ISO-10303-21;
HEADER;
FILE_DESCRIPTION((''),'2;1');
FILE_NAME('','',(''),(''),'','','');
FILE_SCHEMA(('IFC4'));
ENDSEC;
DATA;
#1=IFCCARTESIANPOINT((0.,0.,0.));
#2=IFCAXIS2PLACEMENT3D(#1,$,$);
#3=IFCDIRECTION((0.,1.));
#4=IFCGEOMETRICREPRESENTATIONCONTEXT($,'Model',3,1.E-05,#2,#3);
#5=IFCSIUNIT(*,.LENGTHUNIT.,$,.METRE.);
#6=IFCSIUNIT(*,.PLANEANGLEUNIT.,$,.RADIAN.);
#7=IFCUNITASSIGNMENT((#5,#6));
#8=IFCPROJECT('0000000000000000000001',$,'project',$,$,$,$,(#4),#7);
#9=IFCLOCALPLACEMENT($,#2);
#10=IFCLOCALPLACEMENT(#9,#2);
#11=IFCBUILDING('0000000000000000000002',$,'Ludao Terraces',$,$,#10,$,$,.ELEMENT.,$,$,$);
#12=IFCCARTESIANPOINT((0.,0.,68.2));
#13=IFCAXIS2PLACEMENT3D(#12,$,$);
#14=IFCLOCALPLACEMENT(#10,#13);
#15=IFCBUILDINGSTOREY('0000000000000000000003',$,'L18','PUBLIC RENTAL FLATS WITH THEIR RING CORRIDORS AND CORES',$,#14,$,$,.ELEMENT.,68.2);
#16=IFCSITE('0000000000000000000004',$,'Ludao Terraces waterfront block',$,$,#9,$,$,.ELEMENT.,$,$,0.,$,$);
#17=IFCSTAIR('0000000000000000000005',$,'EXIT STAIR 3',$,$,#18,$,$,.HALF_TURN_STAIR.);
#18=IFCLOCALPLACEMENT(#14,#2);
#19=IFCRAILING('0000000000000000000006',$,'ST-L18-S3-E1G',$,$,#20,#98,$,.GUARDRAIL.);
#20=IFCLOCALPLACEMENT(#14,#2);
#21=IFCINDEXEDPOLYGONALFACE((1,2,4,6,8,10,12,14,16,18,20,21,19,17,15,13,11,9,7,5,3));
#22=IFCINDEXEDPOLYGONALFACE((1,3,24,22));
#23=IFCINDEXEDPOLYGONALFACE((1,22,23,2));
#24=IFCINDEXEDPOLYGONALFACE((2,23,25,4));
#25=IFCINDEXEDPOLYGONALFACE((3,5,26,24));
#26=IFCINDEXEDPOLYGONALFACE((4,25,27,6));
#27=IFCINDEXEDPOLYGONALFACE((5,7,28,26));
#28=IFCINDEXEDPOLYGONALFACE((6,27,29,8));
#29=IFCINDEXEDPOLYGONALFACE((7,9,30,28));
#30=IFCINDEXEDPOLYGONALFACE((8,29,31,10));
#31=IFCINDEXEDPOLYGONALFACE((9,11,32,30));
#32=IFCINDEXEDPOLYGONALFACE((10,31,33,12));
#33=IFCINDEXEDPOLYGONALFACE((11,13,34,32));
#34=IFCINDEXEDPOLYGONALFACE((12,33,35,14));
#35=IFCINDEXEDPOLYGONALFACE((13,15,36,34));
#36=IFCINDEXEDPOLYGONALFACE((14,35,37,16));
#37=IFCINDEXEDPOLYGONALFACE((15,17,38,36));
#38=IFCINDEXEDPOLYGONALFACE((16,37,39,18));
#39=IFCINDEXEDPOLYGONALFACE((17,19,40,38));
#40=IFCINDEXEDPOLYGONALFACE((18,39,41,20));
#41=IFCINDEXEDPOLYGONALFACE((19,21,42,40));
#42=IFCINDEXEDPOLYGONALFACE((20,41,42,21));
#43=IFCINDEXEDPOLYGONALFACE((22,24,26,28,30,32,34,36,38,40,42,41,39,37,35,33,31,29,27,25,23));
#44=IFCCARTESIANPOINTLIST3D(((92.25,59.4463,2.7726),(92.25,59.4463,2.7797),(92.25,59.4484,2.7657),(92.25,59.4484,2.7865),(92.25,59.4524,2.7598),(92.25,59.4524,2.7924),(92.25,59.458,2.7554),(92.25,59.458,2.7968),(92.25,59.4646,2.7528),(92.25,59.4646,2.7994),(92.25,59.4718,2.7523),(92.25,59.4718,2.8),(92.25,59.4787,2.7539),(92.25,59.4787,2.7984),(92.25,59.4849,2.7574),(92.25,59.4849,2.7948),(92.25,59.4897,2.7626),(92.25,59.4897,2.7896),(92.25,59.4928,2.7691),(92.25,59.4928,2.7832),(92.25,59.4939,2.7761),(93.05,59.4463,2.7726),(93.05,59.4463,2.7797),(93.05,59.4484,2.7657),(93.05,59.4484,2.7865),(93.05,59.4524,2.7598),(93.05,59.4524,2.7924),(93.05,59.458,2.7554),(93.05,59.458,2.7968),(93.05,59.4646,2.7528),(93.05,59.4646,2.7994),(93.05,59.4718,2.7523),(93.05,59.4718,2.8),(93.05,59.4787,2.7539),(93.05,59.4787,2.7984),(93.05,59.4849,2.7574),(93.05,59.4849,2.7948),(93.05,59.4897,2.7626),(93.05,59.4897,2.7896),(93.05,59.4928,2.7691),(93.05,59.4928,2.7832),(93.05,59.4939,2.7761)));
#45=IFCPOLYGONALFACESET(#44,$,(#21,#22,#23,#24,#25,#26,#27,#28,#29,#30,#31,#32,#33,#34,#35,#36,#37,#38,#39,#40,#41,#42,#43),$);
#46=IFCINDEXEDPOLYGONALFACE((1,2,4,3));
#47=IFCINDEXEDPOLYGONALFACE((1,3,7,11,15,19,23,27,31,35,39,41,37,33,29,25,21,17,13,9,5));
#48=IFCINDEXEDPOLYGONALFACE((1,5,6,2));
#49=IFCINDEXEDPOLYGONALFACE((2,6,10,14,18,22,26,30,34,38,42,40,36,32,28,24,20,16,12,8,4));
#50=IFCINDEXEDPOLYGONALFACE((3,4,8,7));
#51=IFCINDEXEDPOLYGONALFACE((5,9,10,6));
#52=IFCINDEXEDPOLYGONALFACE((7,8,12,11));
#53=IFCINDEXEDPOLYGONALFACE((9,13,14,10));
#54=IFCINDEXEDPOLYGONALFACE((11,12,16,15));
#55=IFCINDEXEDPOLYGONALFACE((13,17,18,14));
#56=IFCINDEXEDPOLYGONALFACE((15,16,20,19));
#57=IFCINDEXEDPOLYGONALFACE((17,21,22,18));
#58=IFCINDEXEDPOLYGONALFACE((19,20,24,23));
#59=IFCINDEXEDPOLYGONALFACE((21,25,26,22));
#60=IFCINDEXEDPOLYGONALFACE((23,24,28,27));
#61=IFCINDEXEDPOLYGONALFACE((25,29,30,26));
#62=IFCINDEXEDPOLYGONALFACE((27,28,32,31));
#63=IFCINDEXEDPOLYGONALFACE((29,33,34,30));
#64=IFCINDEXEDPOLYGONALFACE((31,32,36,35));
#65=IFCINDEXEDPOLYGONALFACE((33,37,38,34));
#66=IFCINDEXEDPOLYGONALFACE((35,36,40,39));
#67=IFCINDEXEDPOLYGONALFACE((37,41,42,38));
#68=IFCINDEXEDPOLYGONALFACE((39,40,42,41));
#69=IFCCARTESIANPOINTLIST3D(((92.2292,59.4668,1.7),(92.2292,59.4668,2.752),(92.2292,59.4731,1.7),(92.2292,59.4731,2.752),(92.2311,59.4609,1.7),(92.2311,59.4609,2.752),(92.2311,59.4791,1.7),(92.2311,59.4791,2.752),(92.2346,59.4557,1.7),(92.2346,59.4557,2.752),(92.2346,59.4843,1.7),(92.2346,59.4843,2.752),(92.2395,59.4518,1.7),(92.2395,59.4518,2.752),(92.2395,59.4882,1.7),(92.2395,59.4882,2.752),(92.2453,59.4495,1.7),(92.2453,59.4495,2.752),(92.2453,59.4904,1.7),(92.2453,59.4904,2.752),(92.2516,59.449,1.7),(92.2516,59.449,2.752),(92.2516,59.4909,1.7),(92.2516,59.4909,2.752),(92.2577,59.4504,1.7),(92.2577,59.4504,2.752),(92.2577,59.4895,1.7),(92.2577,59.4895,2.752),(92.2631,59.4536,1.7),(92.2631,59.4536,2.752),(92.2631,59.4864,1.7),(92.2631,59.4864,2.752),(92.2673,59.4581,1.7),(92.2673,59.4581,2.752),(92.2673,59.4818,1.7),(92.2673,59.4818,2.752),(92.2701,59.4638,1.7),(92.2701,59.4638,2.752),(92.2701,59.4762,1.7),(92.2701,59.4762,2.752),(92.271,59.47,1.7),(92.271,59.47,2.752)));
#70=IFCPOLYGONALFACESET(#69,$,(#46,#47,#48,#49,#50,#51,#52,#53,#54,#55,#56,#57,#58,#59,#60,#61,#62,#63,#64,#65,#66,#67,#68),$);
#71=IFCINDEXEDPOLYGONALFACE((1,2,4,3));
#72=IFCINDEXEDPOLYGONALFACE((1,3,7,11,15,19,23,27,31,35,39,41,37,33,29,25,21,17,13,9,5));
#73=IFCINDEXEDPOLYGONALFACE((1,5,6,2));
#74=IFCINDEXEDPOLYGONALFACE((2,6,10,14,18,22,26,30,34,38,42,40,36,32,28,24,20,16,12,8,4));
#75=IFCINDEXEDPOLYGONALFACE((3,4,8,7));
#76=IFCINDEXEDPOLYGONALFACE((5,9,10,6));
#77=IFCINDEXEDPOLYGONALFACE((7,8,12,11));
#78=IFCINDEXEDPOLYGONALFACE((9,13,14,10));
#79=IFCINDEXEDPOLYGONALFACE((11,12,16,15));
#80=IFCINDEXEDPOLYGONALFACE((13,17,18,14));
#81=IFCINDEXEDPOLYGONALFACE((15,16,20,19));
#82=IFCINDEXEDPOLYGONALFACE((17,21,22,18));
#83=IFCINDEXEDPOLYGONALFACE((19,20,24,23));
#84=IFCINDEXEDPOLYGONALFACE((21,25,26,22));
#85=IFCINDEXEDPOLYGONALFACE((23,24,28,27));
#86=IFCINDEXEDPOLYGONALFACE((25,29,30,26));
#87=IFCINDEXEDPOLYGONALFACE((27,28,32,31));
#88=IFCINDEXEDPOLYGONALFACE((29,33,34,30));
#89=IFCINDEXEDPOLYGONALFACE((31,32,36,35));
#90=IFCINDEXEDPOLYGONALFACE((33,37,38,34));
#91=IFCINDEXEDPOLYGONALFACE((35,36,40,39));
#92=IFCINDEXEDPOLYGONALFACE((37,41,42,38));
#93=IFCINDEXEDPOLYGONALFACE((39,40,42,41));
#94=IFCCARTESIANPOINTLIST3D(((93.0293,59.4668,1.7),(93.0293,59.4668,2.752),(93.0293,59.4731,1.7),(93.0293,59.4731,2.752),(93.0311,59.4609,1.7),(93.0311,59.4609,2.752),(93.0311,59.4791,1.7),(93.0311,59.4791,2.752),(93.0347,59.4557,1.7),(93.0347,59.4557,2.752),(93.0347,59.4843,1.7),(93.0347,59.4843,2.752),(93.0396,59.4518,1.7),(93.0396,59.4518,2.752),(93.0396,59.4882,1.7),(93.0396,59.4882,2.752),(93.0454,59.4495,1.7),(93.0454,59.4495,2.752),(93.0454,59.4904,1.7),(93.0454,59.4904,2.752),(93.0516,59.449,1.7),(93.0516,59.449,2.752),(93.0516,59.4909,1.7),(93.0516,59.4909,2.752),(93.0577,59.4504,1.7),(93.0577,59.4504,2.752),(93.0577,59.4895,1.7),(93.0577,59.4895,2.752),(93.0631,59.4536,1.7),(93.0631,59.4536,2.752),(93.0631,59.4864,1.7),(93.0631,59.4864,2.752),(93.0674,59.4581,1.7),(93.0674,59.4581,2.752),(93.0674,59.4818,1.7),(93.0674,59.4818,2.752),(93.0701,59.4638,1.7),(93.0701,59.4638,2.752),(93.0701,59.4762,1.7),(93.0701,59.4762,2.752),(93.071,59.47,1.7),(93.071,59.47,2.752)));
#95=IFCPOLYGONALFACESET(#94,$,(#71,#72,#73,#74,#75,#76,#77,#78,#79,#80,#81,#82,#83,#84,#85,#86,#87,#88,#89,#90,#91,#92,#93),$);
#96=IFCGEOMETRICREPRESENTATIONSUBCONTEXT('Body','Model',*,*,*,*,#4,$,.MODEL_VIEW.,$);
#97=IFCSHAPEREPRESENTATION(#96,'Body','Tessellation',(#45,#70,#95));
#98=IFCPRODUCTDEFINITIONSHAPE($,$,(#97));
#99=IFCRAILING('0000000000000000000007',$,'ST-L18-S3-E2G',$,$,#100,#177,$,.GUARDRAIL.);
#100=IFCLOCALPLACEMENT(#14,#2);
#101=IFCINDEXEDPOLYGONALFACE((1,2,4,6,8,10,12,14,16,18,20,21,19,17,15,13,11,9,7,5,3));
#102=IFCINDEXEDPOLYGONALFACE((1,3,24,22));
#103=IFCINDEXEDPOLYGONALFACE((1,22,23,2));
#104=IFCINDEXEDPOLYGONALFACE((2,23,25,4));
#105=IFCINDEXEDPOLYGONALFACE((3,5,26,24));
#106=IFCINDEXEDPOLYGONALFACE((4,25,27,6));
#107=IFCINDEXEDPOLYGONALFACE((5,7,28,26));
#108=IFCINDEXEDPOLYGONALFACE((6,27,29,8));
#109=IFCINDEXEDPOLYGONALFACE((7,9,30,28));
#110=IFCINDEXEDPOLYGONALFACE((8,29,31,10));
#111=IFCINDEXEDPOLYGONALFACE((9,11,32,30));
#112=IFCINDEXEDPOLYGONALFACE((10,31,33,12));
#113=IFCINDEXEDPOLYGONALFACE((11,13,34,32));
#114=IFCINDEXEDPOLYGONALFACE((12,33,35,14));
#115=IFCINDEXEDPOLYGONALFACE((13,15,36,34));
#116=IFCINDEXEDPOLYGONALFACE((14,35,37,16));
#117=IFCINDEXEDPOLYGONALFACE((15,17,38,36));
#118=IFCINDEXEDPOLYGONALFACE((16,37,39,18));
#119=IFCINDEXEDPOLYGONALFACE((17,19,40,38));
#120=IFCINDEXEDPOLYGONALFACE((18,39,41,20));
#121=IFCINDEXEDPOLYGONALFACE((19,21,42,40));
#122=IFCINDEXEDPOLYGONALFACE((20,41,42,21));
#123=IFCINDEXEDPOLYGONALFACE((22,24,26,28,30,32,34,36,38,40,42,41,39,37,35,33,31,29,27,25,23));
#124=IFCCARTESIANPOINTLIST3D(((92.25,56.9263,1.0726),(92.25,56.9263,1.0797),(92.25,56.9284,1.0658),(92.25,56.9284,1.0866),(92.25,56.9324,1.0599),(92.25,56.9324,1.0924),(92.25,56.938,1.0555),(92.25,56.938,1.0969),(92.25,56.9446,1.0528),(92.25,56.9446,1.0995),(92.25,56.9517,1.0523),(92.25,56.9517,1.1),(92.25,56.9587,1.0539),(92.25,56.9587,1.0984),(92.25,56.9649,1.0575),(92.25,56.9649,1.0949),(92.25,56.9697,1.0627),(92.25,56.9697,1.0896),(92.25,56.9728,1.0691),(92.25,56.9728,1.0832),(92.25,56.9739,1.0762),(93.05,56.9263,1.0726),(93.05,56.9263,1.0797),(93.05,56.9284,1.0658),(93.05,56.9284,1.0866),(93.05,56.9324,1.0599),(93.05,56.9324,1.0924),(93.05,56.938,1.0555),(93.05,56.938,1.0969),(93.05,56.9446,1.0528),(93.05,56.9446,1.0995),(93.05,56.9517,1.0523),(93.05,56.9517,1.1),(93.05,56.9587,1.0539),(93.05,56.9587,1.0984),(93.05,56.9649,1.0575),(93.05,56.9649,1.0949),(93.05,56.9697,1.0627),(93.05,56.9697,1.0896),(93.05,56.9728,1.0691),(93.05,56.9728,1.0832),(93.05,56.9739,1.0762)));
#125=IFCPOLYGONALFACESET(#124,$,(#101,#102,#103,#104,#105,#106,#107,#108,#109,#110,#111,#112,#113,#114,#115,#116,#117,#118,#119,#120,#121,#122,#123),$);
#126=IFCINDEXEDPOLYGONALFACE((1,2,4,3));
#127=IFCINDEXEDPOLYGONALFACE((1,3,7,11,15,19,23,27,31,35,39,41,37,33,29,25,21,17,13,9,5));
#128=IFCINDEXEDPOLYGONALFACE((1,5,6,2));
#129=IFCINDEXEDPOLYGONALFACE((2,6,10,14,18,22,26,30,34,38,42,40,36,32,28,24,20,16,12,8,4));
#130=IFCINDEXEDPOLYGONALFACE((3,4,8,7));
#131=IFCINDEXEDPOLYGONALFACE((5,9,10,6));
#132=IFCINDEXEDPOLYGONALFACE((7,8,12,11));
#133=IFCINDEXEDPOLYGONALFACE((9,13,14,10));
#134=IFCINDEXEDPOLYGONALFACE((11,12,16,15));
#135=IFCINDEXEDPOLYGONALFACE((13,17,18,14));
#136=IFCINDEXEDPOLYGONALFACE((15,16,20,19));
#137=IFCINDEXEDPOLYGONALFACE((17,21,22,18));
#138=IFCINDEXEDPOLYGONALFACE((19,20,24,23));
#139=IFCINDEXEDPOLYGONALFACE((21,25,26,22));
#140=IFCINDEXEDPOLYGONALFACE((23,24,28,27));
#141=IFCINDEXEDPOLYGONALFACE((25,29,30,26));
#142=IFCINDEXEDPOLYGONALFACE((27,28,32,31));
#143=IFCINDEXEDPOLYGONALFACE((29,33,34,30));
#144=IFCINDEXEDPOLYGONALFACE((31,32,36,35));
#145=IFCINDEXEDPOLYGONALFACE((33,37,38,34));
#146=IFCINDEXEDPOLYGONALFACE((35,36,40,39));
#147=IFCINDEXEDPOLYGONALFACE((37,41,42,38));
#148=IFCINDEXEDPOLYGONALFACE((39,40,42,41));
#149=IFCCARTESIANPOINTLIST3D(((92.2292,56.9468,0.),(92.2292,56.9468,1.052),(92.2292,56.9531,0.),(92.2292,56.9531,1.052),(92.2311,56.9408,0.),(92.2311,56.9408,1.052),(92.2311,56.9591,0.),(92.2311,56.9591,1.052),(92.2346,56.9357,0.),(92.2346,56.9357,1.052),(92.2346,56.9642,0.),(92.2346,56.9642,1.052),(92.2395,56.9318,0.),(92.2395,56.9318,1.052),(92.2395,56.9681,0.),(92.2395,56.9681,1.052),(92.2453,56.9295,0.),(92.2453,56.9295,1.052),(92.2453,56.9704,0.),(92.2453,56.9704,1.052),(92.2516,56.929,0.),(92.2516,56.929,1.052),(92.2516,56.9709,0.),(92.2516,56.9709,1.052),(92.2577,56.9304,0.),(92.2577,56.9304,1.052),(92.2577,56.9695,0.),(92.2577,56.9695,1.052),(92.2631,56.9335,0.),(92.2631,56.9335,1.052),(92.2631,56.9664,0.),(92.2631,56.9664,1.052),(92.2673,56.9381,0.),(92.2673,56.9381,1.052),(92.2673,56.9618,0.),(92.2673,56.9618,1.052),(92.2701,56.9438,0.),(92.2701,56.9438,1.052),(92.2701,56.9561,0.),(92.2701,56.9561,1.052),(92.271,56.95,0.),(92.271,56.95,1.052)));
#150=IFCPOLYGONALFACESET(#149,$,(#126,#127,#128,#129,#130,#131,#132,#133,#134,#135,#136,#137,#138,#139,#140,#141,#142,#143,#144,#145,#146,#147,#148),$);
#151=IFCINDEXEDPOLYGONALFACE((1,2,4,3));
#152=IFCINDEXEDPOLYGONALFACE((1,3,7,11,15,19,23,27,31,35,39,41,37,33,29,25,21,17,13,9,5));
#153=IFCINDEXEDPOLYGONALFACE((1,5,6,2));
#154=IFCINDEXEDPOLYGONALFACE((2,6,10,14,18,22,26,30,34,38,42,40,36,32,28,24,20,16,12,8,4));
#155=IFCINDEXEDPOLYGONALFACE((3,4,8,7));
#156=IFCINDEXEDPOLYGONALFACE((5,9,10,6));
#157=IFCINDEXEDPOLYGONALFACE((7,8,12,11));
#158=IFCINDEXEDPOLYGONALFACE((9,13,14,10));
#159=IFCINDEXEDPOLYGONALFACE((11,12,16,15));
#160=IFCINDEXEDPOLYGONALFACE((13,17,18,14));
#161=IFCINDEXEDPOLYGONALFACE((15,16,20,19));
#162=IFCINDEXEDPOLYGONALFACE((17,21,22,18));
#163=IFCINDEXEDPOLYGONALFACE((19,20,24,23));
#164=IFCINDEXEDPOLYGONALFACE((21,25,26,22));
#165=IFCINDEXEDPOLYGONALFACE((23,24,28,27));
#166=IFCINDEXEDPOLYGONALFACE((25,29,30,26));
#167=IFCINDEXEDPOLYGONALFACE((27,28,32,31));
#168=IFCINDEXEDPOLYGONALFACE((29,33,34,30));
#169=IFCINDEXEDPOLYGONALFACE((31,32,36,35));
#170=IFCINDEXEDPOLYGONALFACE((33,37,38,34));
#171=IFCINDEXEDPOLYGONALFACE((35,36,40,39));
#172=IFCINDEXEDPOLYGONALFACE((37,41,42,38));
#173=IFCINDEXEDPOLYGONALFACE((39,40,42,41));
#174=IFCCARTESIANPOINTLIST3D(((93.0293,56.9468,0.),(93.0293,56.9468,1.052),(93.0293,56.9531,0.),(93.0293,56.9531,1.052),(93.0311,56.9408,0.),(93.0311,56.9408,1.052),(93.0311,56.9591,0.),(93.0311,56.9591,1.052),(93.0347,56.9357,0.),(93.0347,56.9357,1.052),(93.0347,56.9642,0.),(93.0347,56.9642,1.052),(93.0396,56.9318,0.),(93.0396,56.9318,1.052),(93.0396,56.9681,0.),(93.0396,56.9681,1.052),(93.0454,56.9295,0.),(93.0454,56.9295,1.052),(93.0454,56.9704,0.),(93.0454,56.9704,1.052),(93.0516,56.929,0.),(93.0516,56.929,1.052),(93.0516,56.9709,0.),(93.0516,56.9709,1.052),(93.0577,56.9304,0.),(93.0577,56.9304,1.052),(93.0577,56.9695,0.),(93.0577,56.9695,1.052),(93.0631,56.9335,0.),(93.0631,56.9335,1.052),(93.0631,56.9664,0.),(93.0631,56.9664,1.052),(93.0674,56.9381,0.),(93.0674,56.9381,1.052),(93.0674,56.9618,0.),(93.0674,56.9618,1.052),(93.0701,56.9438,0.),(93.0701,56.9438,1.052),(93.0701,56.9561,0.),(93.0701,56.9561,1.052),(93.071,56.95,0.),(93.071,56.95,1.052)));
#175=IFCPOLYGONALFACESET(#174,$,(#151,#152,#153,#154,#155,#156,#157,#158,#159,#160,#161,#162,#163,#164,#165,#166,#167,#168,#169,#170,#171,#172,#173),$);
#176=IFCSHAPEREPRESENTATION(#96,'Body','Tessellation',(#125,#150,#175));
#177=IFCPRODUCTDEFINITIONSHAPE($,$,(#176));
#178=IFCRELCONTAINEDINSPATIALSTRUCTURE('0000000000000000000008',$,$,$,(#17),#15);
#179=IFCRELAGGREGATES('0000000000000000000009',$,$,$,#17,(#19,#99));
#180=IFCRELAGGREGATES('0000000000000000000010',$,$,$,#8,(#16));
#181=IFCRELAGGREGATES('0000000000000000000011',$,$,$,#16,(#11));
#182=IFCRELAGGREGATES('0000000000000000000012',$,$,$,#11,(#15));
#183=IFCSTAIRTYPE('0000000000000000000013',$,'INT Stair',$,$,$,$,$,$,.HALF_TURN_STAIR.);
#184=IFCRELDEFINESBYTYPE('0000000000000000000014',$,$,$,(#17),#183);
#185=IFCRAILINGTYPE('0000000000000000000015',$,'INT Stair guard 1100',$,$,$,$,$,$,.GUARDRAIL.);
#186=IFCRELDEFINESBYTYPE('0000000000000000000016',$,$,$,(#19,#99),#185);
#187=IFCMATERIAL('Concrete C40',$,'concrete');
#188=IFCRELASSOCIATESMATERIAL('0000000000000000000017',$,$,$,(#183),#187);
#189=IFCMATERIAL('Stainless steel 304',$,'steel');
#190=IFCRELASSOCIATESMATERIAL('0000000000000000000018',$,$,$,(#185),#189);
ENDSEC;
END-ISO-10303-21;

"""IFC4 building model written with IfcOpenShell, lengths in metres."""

from ifc_helpers import new_model, si_unit, direction, frame, origin, origin_2d, place, context, subcontext, project, spatial, circle, extrude, material, type_object, element, aggregate, save


model = new_model("IFC4")

# Units and contexts
model_context = context("Model", 3, precision=1e-05, world=origin(), true_north=direction((0.0, 1.0)))
body_context = subcontext(model_context, "Body", "Model", "MODEL_VIEW")
ifc_project = project(units=[si_unit("LENGTHUNIT", "METRE"), si_unit("PLANEANGLEUNIT", "RADIAN")], contexts=[model_context])

# Site, building, storey
site_placement = place(None, origin())
site = spatial("IfcSite", under=ifc_project, at=site_placement, Name="Ludao Terraces waterfront block", CompositionType="ELEMENT", RefElevation=0.0)
building_placement = place(site_placement, origin())
building = spatial("IfcBuilding", under=site, at=building_placement, Name="Ludao Terraces", CompositionType="ELEMENT")
storey_placement = place(building_placement, frame((0.0, 0.0, 68.2)))
storey = spatial("IfcBuildingStorey", under=building, at=storey_placement, Name="L18", Description="PUBLIC RENTAL FLATS WITH THEIR RING CORRIDORS AND CORES", CompositionType="ELEMENT", Elevation=68.2)

# Stair, railings
ifc_material_1 = material(Name="Concrete C40", Category="concrete")
stair_type = type_object("IfcStairType", Name="INT Stair", PredefinedType="HALF_TURN_STAIR", material=ifc_material_1)
stair_placement = place(storey_placement, origin())
stair = element("IfcStair", 1, at=stair_placement, inside=storey, type_object=stair_type, Name="EXIT STAIR 3", PredefinedType="HALF_TURN_STAIR")
ifc_material_2 = material(Name="Stainless steel 304", Category="steel")
railing_type_1 = type_object("IfcRailingType", Name="INT Stair guard 1100", PredefinedType="GUARDRAIL", material=ifc_material_2)
railing_1_placement = place(storey_placement, frame((92.25, 59.47, 1.7)))
railing_1 = element("IfcRailing", 2, at=railing_1_placement, type_object=railing_type_1, Name="ST-L18-S3-E1G", PredefinedType="GUARDRAIL", context=body_context, shape_type="SweptSolid", body=[
    extrude(circle(Radius=0.0239, at=origin_2d()), frame((0.0, 0.0, 1.0762), z_axis=(1.0, 0.0, 0.0), x_axis=(0.0, 1.0, 0.0)), (0.0, 0.0, 1.0), 0.8),
    extrude(circle(Radius=0.021, at=origin_2d()), origin(), (0.0, 0.0, 1.0), 1.052),
    extrude(circle(Radius=0.021, at=origin_2d()), frame((0.8, 0.0, 0.0)), (0.0, 0.0, 1.0), 1.052),
])
railing_2_placement = place(storey_placement, frame((92.25, 56.95, 0.0)))
railing_2 = element("IfcRailing", 3, at=railing_2_placement, type_object=railing_type_1, Name="ST-L18-S3-E2G", PredefinedType="GUARDRAIL", context=body_context, shape_type="SweptSolid", body=[
    extrude(circle(Radius=0.0239, at=origin_2d()), frame((0.0, 0.0, 1.0762), z_axis=(1.0, 0.0, 0.0), x_axis=(0.0, 1.0, 0.0)), (0.0, 0.0, 1.0), 0.8),
    extrude(circle(Radius=0.021, at=origin_2d()), origin(), (0.0, 0.0, 1.0), 1.052),
    extrude(circle(Radius=0.021, at=origin_2d()), frame((0.8, 0.0, 0.0)), (0.0, 0.0, 1.0), 1.052),
])
aggregate(stair, [railing_1, railing_2])

save(model, "model.ifc")
